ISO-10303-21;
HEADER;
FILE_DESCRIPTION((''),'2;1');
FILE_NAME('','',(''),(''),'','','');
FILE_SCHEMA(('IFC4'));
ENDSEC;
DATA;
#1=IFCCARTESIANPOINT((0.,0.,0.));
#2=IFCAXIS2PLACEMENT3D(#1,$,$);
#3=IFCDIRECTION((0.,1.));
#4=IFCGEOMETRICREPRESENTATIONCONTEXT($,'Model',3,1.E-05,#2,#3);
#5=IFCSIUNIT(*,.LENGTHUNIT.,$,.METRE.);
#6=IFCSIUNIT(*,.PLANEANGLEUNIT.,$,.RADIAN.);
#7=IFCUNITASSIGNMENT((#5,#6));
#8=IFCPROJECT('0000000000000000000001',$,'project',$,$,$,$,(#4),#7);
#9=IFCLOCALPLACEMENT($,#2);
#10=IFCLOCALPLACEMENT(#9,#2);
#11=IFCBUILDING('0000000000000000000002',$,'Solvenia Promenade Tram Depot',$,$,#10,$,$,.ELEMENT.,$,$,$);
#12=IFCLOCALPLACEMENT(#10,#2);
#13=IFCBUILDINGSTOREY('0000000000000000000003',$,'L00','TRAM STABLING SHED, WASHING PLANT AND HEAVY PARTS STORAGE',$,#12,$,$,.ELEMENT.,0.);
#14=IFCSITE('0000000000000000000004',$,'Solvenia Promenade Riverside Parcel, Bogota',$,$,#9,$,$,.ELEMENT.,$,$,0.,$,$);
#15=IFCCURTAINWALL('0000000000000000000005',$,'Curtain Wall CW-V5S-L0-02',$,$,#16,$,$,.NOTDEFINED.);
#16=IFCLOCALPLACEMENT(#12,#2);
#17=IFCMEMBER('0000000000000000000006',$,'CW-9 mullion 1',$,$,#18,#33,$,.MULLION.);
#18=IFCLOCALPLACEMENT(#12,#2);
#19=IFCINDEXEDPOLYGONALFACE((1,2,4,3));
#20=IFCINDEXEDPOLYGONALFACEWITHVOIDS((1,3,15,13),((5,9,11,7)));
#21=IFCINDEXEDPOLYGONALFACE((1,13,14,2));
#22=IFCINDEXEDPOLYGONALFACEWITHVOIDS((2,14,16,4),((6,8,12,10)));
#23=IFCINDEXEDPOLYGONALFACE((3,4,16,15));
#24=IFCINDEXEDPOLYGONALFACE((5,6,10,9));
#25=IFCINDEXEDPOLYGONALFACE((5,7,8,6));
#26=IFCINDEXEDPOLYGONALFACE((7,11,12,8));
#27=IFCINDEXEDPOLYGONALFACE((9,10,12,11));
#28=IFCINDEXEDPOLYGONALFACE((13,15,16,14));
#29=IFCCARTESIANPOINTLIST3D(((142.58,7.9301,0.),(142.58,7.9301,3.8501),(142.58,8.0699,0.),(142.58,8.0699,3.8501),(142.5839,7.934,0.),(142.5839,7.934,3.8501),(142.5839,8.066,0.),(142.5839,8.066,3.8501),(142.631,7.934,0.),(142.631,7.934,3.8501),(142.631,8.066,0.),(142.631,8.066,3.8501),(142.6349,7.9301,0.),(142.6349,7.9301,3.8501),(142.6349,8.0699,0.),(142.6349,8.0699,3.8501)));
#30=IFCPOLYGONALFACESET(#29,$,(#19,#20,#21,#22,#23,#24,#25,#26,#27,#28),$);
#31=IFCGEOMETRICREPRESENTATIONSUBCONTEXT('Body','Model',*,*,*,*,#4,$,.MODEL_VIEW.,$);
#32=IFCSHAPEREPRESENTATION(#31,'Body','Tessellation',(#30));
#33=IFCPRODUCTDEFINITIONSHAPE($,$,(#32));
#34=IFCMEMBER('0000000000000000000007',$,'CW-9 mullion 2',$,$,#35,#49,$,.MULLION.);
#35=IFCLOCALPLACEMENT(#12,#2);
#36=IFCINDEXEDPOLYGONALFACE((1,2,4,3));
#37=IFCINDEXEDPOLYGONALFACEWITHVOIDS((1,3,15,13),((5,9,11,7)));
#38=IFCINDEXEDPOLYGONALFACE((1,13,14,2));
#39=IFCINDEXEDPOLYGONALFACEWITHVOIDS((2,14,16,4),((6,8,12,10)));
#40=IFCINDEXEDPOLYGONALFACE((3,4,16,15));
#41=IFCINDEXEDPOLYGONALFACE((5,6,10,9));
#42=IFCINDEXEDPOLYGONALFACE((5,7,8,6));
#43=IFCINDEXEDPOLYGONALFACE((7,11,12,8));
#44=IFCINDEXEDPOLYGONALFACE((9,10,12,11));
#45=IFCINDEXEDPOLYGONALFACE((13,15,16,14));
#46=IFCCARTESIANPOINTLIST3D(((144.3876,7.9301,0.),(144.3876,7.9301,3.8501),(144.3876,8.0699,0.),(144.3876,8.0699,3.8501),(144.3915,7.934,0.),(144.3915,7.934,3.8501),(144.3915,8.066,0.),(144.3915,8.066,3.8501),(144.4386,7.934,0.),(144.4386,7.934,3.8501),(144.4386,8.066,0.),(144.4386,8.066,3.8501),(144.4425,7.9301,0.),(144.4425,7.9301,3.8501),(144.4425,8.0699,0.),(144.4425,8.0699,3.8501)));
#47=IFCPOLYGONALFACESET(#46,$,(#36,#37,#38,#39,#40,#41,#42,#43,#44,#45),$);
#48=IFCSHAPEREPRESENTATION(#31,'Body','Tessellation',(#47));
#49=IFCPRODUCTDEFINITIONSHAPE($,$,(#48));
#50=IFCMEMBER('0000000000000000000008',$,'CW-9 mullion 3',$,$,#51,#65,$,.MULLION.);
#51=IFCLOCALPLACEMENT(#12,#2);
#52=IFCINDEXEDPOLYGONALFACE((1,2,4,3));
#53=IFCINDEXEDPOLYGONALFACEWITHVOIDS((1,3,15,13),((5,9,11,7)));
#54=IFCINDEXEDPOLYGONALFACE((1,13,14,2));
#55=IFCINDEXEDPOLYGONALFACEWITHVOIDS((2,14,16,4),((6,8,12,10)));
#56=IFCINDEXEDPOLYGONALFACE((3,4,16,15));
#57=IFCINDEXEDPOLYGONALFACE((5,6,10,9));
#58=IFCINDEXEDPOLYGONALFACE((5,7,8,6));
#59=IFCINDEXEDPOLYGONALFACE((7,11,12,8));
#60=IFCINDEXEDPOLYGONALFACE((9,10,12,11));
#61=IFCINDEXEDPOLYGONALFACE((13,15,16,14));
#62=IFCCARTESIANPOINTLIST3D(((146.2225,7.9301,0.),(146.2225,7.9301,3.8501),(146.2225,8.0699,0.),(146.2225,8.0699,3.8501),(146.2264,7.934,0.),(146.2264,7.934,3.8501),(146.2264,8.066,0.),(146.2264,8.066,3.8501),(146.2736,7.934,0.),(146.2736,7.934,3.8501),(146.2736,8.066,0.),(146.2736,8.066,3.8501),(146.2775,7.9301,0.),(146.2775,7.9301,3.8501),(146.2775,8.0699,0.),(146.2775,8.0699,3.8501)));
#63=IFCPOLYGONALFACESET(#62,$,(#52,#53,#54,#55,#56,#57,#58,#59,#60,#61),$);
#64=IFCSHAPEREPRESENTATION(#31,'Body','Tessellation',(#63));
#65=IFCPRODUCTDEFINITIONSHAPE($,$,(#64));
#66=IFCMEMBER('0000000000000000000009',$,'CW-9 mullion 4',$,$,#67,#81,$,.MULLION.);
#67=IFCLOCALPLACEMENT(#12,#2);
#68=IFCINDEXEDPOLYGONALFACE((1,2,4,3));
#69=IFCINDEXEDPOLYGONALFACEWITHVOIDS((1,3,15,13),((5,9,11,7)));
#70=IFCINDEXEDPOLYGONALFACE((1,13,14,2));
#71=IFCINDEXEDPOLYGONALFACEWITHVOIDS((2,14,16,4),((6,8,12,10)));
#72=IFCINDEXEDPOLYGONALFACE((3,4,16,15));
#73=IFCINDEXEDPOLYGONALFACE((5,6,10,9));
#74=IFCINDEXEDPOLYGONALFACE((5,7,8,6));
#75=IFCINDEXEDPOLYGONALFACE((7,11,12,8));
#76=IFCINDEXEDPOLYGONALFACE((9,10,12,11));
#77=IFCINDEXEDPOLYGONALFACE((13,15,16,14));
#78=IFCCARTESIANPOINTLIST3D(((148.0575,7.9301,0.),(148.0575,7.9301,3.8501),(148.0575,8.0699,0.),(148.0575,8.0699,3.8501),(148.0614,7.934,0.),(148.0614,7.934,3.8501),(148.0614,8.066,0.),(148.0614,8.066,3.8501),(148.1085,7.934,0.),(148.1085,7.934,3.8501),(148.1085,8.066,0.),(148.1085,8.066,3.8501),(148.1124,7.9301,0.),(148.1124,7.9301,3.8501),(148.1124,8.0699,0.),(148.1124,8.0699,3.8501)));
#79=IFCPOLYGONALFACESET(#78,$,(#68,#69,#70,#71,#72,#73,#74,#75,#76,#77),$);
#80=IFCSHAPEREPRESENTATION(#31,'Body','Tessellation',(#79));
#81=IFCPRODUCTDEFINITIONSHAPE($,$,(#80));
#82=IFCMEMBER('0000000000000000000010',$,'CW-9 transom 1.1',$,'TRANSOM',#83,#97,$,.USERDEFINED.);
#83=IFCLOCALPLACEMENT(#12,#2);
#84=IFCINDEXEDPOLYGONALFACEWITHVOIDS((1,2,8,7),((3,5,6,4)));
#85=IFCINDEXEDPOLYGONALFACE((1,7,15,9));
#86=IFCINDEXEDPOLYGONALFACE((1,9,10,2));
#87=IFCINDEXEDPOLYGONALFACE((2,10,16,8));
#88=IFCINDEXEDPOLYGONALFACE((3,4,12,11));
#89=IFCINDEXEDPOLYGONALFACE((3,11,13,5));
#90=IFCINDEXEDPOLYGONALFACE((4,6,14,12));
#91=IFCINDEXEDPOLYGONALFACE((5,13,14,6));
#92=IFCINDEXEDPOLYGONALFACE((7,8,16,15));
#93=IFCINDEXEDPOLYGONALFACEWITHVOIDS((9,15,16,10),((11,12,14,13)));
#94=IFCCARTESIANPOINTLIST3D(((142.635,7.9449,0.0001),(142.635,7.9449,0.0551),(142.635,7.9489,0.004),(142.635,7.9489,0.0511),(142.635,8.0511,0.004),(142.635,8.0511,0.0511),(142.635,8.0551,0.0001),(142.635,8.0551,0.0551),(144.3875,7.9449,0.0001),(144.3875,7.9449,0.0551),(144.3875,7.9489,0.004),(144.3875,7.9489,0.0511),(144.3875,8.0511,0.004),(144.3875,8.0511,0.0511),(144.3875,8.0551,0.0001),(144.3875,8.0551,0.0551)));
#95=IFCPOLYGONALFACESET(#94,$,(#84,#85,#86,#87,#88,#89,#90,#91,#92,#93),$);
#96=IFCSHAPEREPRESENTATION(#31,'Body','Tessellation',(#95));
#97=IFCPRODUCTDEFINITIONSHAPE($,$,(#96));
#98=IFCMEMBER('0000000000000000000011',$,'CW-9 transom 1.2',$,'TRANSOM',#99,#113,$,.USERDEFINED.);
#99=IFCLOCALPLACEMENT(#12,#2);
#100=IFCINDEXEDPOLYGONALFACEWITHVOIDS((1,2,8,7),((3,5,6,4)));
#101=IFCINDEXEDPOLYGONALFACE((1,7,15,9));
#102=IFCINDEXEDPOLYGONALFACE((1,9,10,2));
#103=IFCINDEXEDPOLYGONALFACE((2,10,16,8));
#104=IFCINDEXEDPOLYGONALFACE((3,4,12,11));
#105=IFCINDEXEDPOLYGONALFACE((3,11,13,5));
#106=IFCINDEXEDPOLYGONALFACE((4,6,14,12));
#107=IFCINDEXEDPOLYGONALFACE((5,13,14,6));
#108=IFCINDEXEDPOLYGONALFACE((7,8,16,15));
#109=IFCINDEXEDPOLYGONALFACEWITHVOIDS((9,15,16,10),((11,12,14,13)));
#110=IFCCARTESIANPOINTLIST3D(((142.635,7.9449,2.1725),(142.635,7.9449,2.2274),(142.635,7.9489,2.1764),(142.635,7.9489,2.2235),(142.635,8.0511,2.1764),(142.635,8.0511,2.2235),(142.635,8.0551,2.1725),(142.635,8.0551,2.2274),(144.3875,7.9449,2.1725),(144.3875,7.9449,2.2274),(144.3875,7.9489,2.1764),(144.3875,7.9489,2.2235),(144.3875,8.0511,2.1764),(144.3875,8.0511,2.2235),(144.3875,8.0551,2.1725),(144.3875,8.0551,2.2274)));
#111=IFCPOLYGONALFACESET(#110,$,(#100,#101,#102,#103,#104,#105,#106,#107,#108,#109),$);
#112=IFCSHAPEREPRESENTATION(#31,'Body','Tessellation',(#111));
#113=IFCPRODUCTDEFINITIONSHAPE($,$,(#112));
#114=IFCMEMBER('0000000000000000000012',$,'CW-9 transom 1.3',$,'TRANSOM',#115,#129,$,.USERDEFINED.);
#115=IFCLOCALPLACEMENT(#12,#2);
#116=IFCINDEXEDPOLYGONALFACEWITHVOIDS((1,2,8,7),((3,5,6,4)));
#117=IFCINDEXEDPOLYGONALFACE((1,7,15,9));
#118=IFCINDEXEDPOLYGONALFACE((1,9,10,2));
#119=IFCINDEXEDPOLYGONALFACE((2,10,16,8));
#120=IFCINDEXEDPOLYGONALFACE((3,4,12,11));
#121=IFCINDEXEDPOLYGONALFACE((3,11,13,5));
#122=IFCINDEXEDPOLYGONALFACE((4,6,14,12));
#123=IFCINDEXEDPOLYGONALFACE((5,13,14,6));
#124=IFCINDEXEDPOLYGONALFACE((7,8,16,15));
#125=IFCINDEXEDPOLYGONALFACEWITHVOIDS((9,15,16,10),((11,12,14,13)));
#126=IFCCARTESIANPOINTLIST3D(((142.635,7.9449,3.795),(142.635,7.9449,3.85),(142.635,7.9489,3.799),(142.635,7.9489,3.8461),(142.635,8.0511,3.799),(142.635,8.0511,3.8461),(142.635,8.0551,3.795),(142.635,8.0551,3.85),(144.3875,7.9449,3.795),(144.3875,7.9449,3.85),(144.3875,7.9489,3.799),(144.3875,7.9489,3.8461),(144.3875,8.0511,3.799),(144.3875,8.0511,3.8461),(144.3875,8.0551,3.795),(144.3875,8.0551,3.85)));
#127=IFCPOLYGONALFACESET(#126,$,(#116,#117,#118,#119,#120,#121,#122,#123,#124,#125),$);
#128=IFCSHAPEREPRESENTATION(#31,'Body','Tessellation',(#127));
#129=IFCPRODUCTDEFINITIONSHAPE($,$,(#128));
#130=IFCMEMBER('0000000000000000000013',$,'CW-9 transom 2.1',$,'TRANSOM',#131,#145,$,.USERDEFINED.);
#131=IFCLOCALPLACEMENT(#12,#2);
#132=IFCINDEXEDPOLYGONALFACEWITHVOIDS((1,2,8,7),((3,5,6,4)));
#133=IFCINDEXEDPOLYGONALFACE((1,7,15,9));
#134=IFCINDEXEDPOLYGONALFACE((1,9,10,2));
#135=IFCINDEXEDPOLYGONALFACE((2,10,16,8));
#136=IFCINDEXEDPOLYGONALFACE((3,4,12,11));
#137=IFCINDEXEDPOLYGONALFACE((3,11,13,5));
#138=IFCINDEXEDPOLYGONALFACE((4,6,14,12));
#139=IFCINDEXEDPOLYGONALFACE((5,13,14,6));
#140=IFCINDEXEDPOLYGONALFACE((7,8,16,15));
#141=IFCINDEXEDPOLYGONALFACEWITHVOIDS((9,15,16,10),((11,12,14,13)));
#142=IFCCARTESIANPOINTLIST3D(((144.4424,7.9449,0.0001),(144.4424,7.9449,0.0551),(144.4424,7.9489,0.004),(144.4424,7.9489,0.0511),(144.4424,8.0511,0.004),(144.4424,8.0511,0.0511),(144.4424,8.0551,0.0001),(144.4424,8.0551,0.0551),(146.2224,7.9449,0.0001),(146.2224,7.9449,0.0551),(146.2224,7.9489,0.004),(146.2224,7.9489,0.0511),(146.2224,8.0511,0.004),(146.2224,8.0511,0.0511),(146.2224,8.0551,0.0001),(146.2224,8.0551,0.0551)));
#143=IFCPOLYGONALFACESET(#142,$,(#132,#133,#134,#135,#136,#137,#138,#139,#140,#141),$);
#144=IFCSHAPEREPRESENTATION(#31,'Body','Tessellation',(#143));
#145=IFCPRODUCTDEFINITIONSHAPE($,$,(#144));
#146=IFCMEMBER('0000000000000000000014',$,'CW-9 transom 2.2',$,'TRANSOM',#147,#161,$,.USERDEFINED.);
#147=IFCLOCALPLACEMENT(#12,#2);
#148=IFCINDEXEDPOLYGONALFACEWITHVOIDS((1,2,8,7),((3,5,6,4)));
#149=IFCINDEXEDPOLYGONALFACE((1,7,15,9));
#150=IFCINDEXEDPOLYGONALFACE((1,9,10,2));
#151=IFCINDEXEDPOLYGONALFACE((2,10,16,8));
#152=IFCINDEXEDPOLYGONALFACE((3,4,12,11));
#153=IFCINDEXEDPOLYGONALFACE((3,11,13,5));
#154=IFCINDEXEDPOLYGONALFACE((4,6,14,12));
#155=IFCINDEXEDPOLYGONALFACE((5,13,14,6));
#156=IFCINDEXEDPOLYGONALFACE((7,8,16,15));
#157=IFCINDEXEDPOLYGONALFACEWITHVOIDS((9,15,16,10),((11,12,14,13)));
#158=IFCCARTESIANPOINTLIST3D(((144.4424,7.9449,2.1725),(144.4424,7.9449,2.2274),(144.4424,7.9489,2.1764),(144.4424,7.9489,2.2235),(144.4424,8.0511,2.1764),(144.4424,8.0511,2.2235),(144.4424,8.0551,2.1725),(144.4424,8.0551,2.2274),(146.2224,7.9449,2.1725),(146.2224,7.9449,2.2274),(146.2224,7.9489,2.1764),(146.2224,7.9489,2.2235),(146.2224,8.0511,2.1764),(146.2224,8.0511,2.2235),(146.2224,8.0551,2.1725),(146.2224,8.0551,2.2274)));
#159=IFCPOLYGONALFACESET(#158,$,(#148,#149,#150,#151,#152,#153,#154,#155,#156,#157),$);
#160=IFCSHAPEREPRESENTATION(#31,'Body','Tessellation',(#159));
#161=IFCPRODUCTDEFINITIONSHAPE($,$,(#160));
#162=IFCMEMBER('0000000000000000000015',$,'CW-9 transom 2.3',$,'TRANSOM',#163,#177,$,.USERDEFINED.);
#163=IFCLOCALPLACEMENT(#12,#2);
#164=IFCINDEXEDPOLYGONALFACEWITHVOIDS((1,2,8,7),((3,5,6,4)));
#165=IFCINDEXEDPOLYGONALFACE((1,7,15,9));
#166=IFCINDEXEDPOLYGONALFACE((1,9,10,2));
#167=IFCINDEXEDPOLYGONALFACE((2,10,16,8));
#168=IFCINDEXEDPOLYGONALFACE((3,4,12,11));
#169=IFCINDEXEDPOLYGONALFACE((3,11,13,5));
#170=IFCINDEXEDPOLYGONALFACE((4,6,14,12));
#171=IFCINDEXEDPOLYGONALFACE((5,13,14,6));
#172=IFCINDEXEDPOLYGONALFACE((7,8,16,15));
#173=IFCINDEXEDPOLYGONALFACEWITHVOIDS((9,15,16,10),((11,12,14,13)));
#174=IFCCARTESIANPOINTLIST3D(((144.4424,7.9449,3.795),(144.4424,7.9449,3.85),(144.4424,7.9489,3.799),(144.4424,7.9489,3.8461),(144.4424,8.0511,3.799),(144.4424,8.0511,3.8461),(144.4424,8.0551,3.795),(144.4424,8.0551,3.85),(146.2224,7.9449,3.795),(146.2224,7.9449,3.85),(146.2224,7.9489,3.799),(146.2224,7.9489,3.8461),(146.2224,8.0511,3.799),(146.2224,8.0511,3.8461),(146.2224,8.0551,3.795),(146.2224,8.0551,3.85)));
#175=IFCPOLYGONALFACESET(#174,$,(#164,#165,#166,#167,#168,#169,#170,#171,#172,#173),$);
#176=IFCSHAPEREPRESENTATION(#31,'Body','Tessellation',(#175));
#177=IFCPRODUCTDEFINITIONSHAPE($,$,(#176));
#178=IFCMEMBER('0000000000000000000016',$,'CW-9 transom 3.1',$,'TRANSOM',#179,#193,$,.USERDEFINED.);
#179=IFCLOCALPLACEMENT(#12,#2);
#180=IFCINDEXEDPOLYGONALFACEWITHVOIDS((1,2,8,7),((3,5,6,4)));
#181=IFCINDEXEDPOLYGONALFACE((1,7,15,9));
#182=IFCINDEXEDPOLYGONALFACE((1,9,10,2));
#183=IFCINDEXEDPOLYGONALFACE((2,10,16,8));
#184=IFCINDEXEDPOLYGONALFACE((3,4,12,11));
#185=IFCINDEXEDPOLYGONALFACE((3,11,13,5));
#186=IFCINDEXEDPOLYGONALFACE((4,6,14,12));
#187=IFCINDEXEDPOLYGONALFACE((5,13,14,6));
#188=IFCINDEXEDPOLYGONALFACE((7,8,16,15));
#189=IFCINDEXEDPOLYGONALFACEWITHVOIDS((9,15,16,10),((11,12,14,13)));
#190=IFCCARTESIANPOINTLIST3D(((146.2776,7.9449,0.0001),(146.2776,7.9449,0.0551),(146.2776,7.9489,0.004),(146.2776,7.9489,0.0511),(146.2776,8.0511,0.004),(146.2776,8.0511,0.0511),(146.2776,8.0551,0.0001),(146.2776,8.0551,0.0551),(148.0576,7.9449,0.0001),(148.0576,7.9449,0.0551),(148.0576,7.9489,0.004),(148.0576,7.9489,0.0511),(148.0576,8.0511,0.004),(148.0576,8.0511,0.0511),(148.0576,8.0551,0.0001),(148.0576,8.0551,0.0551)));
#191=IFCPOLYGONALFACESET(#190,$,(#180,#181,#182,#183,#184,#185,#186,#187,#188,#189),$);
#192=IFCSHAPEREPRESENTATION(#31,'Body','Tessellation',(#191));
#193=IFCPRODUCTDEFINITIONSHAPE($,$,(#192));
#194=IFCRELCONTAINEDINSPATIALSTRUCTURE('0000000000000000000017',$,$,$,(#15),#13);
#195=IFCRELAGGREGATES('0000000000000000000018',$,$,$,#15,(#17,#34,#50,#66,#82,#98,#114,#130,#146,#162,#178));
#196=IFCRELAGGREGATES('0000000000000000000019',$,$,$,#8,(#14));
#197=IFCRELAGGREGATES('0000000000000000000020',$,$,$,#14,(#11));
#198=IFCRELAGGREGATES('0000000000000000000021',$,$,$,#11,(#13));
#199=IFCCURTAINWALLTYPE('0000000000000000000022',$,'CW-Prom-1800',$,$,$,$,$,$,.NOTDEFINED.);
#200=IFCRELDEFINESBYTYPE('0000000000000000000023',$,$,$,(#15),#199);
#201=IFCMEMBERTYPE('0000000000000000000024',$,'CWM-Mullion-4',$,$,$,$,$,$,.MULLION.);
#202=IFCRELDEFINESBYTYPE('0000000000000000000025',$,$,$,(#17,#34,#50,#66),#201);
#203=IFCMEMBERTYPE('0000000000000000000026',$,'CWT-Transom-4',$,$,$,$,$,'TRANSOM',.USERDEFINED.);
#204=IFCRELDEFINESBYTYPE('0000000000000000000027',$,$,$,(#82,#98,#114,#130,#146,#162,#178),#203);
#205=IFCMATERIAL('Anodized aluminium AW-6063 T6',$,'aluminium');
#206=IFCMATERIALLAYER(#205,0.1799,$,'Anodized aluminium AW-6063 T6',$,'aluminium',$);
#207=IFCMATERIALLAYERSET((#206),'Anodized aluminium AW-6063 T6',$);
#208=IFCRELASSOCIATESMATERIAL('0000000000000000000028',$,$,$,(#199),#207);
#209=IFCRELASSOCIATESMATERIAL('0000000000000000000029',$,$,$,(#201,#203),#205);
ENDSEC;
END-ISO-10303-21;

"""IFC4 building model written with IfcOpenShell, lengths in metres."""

from ifc_helpers import new_model, si_unit, direction, frame, origin, origin_2d, place, context, subcontext, project, spatial, hollow_rectangle, extrude, material, layer, layer_set, material_profile, profile_set, type_object, element, aggregate, save


model = new_model("IFC4")

# Units and contexts
model_context = context("Model", 3, precision=1e-05, world=origin(), true_north=direction((0.0, 1.0)))
body_context = subcontext(model_context, "Body", "Model", "MODEL_VIEW")
ifc_project = project(units=[si_unit("LENGTHUNIT", "METRE"), si_unit("PLANEANGLEUNIT", "RADIAN")], contexts=[model_context])

# Site, building, storey
site_placement = place(None, origin())
site = spatial("IfcSite", under=ifc_project, at=site_placement, Name="Solvenia Promenade Riverside Parcel, Bogota", CompositionType="ELEMENT", RefElevation=0.0)
building_placement = place(site_placement, origin())
building = spatial("IfcBuilding", under=site, at=building_placement, Name="Solvenia Promenade Tram Depot", CompositionType="ELEMENT")
storey_placement = place(building_placement, origin())
storey = spatial("IfcBuildingStorey", under=building, at=storey_placement, Name="L00", Description="TRAM STABLING SHED, WASHING PLANT AND HEAVY PARTS STORAGE", CompositionType="ELEMENT", Elevation=0.0)

# Curtain wall, members
ifc_material_1 = material(Name="Anodized aluminium AW-6063 T6", Category="aluminium")
ifc_layer_1 = layer(ifc_material_1, 0.1799, Name="Anodized aluminium AW-6063 T6", Category="aluminium")
ifc_layer_set_1 = layer_set([ifc_layer_1], Name="Anodized aluminium AW-6063 T6")
curtain_wall_type = type_object("IfcCurtainWallType", Name="CW-Prom-1800", PredefinedType="NOTDEFINED", material=ifc_layer_set_1)
curtain_wall_placement = place(storey_placement, origin())
curtain_wall = element("IfcCurtainWall", 1, at=curtain_wall_placement, inside=storey, type_object=curtain_wall_type, Name="Curtain Wall CW-V5S-L0-02", PredefinedType="NOTDEFINED")
ifc_material_profile_1 = material_profile(ifc_material_1, hollow_rectangle(XDim=0.1399, YDim=0.0549, WallThickness=0.0039, at=origin_2d()), Name="ALU-M4", Category="aluminium")
ifc_profile_set_1 = profile_set([ifc_material_profile_1], Name="Anodized aluminium AW-6063 T6")
member_type_1 = type_object("IfcMemberType", Name="CWM-Mullion-4", PredefinedType="MULLION", material=ifc_profile_set_1)
member_1_placement = place(storey_placement, frame((142.6074, 8.0, 0.0), z_axis=(0.0, 0.0, 1.0), x_axis=(0.0, 1.0, 0.0)))
member_1 = element("IfcMember", 2, at=member_1_placement, type_object=member_type_1, Name="CW-9 mullion 1", PredefinedType="MULLION", context=body_context, shape_type="SweptSolid", body=[
    extrude(hollow_rectangle(XDim=0.1399, YDim=0.0549, WallThickness=0.0039, at=origin_2d()), origin(), (0.0, 0.0, 1.0), 3.8501),
])
member_2_placement = place(storey_placement, frame((144.415, 8.0, 0.0), z_axis=(0.0, 0.0, 1.0), x_axis=(0.0, 1.0, 0.0)))
member_2 = element("IfcMember", 3, at=member_2_placement, type_object=member_type_1, Name="CW-9 mullion 2", PredefinedType="MULLION", context=body_context, shape_type="SweptSolid", body=[
    extrude(hollow_rectangle(XDim=0.1399, YDim=0.0549, WallThickness=0.0039, at=origin_2d()), origin(), (0.0, 0.0, 1.0), 3.8501),
])
member_3_placement = place(storey_placement, frame((146.25, 8.0, 0.0), z_axis=(0.0, 0.0, 1.0), x_axis=(0.0, 1.0, 0.0)))
member_3 = element("IfcMember", 4, at=member_3_placement, type_object=member_type_1, Name="CW-9 mullion 3", PredefinedType="MULLION", context=body_context, shape_type="SweptSolid", body=[
    extrude(hollow_rectangle(XDim=0.1399, YDim=0.0549, WallThickness=0.0039, at=origin_2d()), origin(), (0.0, 0.0, 1.0), 3.8501),
])
member_4_placement = place(storey_placement, frame((148.085, 8.0, 0.0), z_axis=(0.0, 0.0, 1.0), x_axis=(0.0, 1.0, 0.0)))
member_4 = element("IfcMember", 5, at=member_4_placement, type_object=member_type_1, Name="CW-9 mullion 4", PredefinedType="MULLION", context=body_context, shape_type="SweptSolid", body=[
    extrude(hollow_rectangle(XDim=0.1399, YDim=0.0549, WallThickness=0.0039, at=origin_2d()), origin(), (0.0, 0.0, 1.0), 3.8501),
])
ifc_material_profile_2 = material_profile(ifc_material_1, hollow_rectangle(XDim=0.1101, YDim=0.0549, WallThickness=0.0039, at=origin_2d()), Name="ALU-T4", Category="aluminium")
ifc_profile_set_2 = profile_set([ifc_material_profile_2], Name="Anodized aluminium AW-6063 T6")
member_type_2 = type_object("IfcMemberType", Name="CWT-Transom-4", ElementType="TRANSOM", PredefinedType="USERDEFINED", material=ifc_profile_set_2)
member_5_placement = place(storey_placement, frame((142.635, 8.0, 0.0276), z_axis=(1.0, 0.0, 0.0), x_axis=(0.0, 1.0, 0.0)))
member_5 = element("IfcMember", 6, at=member_5_placement, type_object=member_type_2, Name="CW-9 transom 1.1", ObjectType="TRANSOM", PredefinedType="USERDEFINED", context=body_context, shape_type="SweptSolid", body=[
    extrude(hollow_rectangle(XDim=0.1101, YDim=0.0549, WallThickness=0.0039, at=origin_2d()), origin(), (0.0, 0.0, 1.0), 1.7524),
])
member_6_placement = place(storey_placement, frame((142.635, 8.0, 2.2), z_axis=(1.0, 0.0, 0.0), x_axis=(0.0, 1.0, 0.0)))
member_6 = element("IfcMember", 7, at=member_6_placement, type_object=member_type_2, Name="CW-9 transom 1.2", ObjectType="TRANSOM", PredefinedType="USERDEFINED", context=body_context, shape_type="SweptSolid", body=[
    extrude(hollow_rectangle(XDim=0.1101, YDim=0.0549, WallThickness=0.0039, at=origin_2d()), origin(), (0.0, 0.0, 1.0), 1.7524),
])
member_7_placement = place(storey_placement, frame((142.635, 8.0, 3.8225), z_axis=(1.0, 0.0, 0.0), x_axis=(0.0, 1.0, 0.0)))
member_7 = element("IfcMember", 8, at=member_7_placement, type_object=member_type_2, Name="CW-9 transom 1.3", ObjectType="TRANSOM", PredefinedType="USERDEFINED", context=body_context, shape_type="SweptSolid", body=[
    extrude(hollow_rectangle(XDim=0.1101, YDim=0.0549, WallThickness=0.0039, at=origin_2d()), origin(), (0.0, 0.0, 1.0), 1.7524),
])
member_8_placement = place(storey_placement, frame((144.4424, 8.0, 0.0276), z_axis=(1.0, 0.0, 0.0), x_axis=(0.0, 1.0, 0.0)))
member_8 = element("IfcMember", 9, at=member_8_placement, type_object=member_type_2, Name="CW-9 transom 2.1", ObjectType="TRANSOM", PredefinedType="USERDEFINED", context=body_context, shape_type="SweptSolid", body=[
    extrude(hollow_rectangle(XDim=0.1101, YDim=0.0549, WallThickness=0.0039, at=origin_2d()), origin(), (0.0, 0.0, 1.0), 1.78),
])
member_9_placement = place(storey_placement, frame((144.4424, 8.0, 2.2), z_axis=(1.0, 0.0, 0.0), x_axis=(0.0, 1.0, 0.0)))
member_9 = element("IfcMember", 10, at=member_9_placement, type_object=member_type_2, Name="CW-9 transom 2.2", ObjectType="TRANSOM", PredefinedType="USERDEFINED", context=body_context, shape_type="SweptSolid", body=[
    extrude(hollow_rectangle(XDim=0.1101, YDim=0.0549, WallThickness=0.0039, at=origin_2d()), origin(), (0.0, 0.0, 1.0), 1.78),
])
member_10_placement = place(storey_placement, frame((144.4424, 8.0, 3.8225), z_axis=(1.0, 0.0, 0.0), x_axis=(0.0, 1.0, 0.0)))
member_10 = element("IfcMember", 11, at=member_10_placement, type_object=member_type_2, Name="CW-9 transom 2.3", ObjectType="TRANSOM", PredefinedType="USERDEFINED", context=body_context, shape_type="SweptSolid", body=[
    extrude(hollow_rectangle(XDim=0.1101, YDim=0.0549, WallThickness=0.0039, at=origin_2d()), origin(), (0.0, 0.0, 1.0), 1.78),
])
member_11_placement = place(storey_placement, frame((146.2776, 8.0, 0.0276), z_axis=(1.0, 0.0, 0.0), x_axis=(0.0, 1.0, 0.0)))
member_11 = element("IfcMember", 12, at=member_11_placement, type_object=member_type_2, Name="CW-9 transom 3.1", ObjectType="TRANSOM", PredefinedType="USERDEFINED", context=body_context, shape_type="SweptSolid", body=[
    extrude(hollow_rectangle(XDim=0.1101, YDim=0.0549, WallThickness=0.0039, at=origin_2d()), origin(), (0.0, 0.0, 1.0), 1.78),
])
aggregate(curtain_wall, [member_1, member_2, member_3, member_4, member_5, member_6, member_7, member_8, member_9, member_10, member_11])

save(model, "model.ifc")
